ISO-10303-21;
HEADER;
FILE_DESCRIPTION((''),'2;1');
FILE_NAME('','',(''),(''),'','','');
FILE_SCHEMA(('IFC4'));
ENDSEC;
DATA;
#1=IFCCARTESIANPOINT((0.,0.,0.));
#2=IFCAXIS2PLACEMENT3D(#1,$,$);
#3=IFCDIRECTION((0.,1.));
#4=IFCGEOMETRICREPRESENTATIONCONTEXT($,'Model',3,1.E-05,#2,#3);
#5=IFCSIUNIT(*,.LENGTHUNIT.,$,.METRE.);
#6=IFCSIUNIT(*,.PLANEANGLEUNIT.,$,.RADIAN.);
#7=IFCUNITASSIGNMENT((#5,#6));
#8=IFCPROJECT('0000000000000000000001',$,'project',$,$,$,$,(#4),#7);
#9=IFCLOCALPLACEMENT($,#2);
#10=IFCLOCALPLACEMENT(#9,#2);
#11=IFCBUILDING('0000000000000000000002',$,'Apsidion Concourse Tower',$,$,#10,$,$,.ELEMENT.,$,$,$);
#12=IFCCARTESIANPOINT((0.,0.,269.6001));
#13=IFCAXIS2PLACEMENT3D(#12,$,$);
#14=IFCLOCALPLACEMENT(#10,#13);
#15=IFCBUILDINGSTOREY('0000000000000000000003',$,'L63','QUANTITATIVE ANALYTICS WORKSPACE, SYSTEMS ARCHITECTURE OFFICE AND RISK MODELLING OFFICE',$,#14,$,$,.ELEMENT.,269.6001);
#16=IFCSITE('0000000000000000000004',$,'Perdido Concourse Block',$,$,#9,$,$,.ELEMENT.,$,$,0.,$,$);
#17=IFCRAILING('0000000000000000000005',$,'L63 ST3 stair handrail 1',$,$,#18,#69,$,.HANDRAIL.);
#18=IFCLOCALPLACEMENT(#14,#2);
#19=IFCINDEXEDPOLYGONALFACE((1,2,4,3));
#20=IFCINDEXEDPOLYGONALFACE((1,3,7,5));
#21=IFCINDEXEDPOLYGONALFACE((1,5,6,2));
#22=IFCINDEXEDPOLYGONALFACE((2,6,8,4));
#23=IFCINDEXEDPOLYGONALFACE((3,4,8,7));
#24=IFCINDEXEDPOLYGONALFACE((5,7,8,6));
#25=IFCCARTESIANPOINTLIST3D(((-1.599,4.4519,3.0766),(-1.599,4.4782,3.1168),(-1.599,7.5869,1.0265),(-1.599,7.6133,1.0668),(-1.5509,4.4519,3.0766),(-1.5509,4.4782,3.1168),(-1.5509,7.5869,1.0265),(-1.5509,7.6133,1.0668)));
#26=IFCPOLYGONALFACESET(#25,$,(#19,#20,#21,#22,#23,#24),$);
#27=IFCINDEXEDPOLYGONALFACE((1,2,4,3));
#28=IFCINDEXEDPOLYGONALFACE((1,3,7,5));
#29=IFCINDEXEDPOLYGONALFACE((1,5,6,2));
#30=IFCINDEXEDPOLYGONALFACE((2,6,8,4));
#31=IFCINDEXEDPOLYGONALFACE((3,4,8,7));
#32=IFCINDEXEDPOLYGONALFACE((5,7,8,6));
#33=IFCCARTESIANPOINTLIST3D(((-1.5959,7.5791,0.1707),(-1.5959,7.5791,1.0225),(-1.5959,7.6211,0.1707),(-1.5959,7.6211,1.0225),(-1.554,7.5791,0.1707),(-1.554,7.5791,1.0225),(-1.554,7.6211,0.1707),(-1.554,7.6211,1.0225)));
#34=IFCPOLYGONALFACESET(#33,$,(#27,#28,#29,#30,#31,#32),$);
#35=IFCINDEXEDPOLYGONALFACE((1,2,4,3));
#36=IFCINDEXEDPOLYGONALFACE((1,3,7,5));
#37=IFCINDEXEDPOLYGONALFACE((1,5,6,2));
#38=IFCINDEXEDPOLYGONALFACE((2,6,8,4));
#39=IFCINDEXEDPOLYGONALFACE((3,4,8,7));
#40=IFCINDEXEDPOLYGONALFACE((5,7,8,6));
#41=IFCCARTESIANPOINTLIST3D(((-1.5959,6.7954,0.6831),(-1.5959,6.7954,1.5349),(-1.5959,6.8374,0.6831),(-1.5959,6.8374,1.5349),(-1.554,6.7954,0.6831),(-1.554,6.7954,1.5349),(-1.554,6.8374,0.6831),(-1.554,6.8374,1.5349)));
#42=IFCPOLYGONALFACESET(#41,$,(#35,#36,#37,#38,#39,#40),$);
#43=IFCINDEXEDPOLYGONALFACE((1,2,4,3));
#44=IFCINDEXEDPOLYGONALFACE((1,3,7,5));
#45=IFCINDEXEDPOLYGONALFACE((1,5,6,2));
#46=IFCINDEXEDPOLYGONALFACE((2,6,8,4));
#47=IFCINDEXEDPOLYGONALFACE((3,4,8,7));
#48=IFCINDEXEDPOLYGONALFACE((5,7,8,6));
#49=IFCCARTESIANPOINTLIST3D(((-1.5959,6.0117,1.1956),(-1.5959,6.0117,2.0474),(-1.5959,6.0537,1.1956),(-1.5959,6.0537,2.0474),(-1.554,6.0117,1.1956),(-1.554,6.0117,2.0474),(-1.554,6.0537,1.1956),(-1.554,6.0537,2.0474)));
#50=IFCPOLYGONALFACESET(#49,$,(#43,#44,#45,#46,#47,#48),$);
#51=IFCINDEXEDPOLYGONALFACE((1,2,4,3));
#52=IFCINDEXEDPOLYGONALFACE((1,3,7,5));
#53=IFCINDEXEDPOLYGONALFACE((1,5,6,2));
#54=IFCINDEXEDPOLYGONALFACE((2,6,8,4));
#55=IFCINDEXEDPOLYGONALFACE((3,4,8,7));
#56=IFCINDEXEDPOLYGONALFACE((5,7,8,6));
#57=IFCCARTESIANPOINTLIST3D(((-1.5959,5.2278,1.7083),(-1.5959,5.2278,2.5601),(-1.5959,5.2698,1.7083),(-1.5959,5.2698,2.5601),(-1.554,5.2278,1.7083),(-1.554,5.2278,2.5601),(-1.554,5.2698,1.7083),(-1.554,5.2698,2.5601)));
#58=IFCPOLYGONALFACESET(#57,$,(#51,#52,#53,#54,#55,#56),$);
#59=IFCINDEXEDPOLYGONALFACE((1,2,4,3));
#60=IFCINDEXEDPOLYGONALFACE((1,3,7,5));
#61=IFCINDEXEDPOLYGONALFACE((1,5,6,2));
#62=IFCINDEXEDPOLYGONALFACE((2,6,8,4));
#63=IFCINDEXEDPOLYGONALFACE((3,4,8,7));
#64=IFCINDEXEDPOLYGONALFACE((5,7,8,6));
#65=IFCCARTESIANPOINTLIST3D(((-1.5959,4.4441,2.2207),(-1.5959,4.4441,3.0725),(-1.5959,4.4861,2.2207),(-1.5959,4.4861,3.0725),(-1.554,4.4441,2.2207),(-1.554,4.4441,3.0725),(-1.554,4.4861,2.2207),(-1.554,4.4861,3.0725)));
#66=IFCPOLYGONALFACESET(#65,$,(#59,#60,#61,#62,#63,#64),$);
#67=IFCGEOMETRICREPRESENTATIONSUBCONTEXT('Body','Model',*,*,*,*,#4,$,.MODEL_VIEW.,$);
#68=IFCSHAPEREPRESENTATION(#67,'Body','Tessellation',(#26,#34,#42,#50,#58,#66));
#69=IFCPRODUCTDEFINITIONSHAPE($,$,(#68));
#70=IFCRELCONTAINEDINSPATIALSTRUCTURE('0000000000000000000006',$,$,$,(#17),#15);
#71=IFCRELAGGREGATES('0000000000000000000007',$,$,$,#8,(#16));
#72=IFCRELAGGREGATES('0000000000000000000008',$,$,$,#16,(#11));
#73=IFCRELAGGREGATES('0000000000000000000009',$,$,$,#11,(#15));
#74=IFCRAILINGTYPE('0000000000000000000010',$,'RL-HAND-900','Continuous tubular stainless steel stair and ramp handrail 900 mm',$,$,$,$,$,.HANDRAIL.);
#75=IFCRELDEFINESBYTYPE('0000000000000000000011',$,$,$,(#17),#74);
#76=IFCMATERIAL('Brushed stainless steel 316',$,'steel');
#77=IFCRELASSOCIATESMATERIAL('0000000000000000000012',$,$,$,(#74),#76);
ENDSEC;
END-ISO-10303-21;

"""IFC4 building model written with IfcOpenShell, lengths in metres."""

from ifc_helpers import new_model, si_unit, direction, frame, origin, origin_2d, place, context, subcontext, project, spatial, rectangle, extrude, material, type_object, element, save


model = new_model("IFC4")

# Units and contexts
model_context = context("Model", 3, precision=1e-05, world=origin(), true_north=direction((0.0, 1.0)))
body_context = subcontext(model_context, "Body", "Model", "MODEL_VIEW")
ifc_project = project(units=[si_unit("LENGTHUNIT", "METRE"), si_unit("PLANEANGLEUNIT", "RADIAN")], contexts=[model_context])

# Site, building, storey
site_placement = place(None, origin())
site = spatial("IfcSite", under=ifc_project, at=site_placement, Name="Perdido Concourse Block", CompositionType="ELEMENT", RefElevation=0.0)
building_placement = place(site_placement, origin())
building = spatial("IfcBuilding", under=site, at=building_placement, Name="Apsidion Concourse Tower", CompositionType="ELEMENT")
storey_placement = place(building_placement, frame((0.0, 0.0, 269.6001)))
storey = spatial("IfcBuildingStorey", under=building, at=storey_placement, Name="L63", Description="QUANTITATIVE ANALYTICS WORKSPACE, SYSTEMS ARCHITECTURE OFFICE AND RISK MODELLING OFFICE", CompositionType="ELEMENT", Elevation=269.6001)

# Shared definitions
ifc_material_1 = material(Name="Brushed stainless steel 316", Category="steel")

# Railing
railing_type_1 = type_object("IfcRailingType", Name="RL-HAND-900", Description="Continuous tubular stainless steel stair and ramp handrail 900 mm", PredefinedType="HANDRAIL", material=ifc_material_1)
railing_1_placement = place(storey_placement, frame((-1.575, 7.6001, 0.1707)))
element("IfcRailing", 1, at=railing_1_placement, inside=storey, type_object=railing_type_1, Name="L63 ST3 stair handrail 1", PredefinedType="HANDRAIL", context=body_context, shape_type="SweptSolid", body=[
    extrude(rectangle(XDim=0.0481, YDim=0.0481, at=origin_2d()), frame((0.0, 0.0, 0.876), z_axis=(0.0, -0.836941, 0.547293), x_axis=(1.0, 0.0, 0.0)), (0.0, 0.0, 1.0), 3.7458),
    extrude(rectangle(XDim=0.042, YDim=0.042, at=origin_2d()), origin(), (0.0, 0.0, 1.0), 0.8518),
    extrude(rectangle(XDim=0.042, YDim=0.042, at=origin_2d()), frame((0.0, -0.7837, 0.5125)), (0.0, 0.0, 1.0), 0.8518),
    extrude(rectangle(XDim=0.042, YDim=0.042, at=origin_2d()), frame((0.0, -1.5674, 1.0249)), (0.0, 0.0, 1.0), 0.8518),
    extrude(rectangle(XDim=0.042, YDim=0.042, at=origin_2d()), frame((0.0, -2.3513, 1.5376)), (0.0, 0.0, 1.0), 0.8518),
    extrude(rectangle(XDim=0.042, YDim=0.042, at=origin_2d()), frame((0.0, -3.135, 2.05)), (0.0, 0.0, 1.0), 0.8518),
])

save(model, "model.ifc")
